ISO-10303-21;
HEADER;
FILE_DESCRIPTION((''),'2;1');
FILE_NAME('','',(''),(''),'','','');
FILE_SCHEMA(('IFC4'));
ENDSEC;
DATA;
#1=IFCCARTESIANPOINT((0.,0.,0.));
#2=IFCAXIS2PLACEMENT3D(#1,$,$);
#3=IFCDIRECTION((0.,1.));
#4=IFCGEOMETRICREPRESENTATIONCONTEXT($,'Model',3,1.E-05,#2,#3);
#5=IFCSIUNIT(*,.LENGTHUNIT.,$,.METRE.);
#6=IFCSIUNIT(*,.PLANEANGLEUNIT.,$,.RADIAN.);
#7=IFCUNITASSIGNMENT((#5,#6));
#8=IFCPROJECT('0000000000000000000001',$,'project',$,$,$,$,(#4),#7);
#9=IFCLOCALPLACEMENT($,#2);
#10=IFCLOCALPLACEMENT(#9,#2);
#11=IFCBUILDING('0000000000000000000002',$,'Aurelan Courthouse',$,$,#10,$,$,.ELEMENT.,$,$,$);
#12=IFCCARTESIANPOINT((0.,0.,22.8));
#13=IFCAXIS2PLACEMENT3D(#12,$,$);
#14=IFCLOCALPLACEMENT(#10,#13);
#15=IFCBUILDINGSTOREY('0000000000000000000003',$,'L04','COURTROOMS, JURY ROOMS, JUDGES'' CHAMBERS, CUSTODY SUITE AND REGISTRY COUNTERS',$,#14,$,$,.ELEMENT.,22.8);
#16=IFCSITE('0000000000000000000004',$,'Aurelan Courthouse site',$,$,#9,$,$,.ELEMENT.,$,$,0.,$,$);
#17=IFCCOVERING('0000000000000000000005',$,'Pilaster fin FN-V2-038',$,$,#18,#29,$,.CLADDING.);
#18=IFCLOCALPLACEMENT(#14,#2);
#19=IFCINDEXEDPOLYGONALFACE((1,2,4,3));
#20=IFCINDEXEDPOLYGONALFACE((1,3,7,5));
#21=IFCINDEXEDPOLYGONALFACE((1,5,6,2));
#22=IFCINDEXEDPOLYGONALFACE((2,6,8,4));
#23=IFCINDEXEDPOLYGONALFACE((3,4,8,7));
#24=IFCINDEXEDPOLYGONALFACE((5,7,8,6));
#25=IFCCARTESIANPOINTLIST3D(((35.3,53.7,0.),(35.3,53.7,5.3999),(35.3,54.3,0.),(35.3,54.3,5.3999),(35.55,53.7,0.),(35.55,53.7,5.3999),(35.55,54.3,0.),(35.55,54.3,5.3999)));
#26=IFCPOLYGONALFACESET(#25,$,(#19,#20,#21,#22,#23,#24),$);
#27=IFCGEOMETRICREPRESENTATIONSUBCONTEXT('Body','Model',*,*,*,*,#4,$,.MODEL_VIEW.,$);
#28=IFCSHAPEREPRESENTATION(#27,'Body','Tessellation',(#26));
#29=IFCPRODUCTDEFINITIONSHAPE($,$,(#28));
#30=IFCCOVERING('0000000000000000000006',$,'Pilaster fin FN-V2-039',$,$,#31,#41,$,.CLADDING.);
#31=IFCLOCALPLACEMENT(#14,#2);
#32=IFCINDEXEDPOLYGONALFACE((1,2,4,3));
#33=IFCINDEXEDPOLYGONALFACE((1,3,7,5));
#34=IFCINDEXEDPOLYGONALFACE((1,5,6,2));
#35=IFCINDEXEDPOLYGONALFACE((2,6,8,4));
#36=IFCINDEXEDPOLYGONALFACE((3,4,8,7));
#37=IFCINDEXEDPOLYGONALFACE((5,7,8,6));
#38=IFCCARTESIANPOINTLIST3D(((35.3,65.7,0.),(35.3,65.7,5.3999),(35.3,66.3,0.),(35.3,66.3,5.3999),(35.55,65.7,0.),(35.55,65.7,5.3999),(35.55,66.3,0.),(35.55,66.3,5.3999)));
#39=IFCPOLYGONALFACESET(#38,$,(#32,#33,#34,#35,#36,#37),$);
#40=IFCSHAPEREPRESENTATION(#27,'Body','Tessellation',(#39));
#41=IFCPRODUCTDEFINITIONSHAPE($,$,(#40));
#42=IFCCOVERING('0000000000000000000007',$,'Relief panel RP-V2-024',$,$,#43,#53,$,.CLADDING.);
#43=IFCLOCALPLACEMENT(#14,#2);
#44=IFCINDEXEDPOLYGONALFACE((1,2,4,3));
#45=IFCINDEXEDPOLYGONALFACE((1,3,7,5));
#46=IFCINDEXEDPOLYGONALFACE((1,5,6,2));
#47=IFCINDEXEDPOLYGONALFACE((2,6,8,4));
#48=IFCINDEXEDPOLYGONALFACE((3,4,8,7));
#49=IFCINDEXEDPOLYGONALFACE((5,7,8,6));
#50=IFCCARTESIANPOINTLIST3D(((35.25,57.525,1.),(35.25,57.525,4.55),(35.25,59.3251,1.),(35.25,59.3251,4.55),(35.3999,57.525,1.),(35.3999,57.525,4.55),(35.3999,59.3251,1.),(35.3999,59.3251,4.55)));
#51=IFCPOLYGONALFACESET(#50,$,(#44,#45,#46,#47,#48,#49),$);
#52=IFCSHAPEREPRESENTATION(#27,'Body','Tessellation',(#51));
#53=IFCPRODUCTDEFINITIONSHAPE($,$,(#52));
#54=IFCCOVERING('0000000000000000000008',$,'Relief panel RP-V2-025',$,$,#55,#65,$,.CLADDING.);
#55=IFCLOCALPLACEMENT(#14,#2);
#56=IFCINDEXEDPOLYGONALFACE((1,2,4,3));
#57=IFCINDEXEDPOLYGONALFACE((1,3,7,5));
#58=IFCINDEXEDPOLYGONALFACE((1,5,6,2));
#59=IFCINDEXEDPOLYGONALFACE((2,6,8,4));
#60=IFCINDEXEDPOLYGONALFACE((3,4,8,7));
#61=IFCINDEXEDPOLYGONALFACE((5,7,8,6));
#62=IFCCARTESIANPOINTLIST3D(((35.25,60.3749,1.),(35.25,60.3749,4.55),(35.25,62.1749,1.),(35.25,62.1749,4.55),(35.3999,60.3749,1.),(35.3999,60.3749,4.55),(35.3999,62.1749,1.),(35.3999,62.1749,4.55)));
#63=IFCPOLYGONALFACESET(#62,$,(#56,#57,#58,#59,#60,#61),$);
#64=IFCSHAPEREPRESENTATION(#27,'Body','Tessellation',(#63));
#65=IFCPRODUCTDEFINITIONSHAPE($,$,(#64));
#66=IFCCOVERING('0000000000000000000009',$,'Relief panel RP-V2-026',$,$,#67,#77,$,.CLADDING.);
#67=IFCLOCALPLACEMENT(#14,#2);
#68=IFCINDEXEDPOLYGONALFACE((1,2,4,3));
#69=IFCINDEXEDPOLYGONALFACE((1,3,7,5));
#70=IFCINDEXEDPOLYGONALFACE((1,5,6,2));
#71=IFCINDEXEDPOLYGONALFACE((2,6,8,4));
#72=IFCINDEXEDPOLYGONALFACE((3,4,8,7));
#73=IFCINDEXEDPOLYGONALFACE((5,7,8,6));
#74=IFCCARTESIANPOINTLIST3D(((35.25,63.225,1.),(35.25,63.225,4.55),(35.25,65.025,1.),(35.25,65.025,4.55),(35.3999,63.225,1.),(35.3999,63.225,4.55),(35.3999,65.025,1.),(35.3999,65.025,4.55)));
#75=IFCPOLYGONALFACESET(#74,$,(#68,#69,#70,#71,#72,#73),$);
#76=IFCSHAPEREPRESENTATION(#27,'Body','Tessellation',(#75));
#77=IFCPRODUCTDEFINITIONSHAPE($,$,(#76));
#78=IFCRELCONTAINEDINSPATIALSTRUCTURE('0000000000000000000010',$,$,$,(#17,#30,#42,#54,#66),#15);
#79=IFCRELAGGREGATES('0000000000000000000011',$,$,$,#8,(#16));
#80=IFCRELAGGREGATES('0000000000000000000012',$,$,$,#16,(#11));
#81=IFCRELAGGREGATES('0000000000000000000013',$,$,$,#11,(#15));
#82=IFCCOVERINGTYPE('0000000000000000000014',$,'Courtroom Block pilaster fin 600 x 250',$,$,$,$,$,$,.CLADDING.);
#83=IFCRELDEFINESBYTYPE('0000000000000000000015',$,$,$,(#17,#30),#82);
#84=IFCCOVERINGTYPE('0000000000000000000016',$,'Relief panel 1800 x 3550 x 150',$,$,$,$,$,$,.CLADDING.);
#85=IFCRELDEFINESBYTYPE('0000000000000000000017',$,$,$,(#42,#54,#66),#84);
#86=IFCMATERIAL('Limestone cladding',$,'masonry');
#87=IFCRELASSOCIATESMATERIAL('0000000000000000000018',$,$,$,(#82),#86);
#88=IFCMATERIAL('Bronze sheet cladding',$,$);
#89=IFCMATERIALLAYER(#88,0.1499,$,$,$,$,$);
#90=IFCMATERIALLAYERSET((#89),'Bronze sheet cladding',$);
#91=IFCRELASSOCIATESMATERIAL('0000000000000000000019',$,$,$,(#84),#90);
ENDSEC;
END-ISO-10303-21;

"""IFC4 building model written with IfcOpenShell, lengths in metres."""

from ifc_helpers import new_model, si_unit, direction, frame, origin, origin_2d, place, context, subcontext, project, spatial, rectangle, extrude, material, layer, layer_set, type_object, element, save


model = new_model("IFC4")

# Units and contexts
model_context = context("Model", 3, precision=1e-05, world=origin(), true_north=direction((0.0, 1.0)))
body_context = subcontext(model_context, "Body", "Model", "MODEL_VIEW")
ifc_project = project(units=[si_unit("LENGTHUNIT", "METRE"), si_unit("PLANEANGLEUNIT", "RADIAN")], contexts=[model_context])

# Site, building, storey
site_placement = place(None, origin())
site = spatial("IfcSite", under=ifc_project, at=site_placement, Name="Aurelan Courthouse site", CompositionType="ELEMENT", RefElevation=0.0)
building_placement = place(site_placement, origin())
building = spatial("IfcBuilding", under=site, at=building_placement, Name="Aurelan Courthouse", CompositionType="ELEMENT")
storey_placement = place(building_placement, frame((0.0, 0.0, 22.8)))
storey = spatial("IfcBuildingStorey", under=building, at=storey_placement, Name="L04", Description="COURTROOMS, JURY ROOMS, JUDGES' CHAMBERS, CUSTODY SUITE AND REGISTRY COUNTERS", CompositionType="ELEMENT", Elevation=22.8)

# Shared definitions
ifc_material_1 = material(Name="Limestone cladding", Category="masonry")

# Coverings
ifc_material_2 = material(Name="Bronze sheet cladding")
covering_type_1 = type_object("IfcCoveringType", Name="Courtroom Block pilaster fin 600 x 250", PredefinedType="CLADDING", material=ifc_material_1)
for number, where, z_axis, x_axis, name in (
    (1, (35.425, 54.0, 0.0), (0.0, 0.0, 1.0), (1.0, 0.0, 0.0), "Pilaster fin FN-V2-038"),
    (2, (35.425, 66.0, 0.0), (0.0, 0.0, 1.0), (1.0, 0.0, 0.0), "Pilaster fin FN-V2-039"),
):
    element("IfcCovering", number, at=place(storey_placement, frame(where, z_axis=z_axis, x_axis=x_axis)), inside=storey, type_object=covering_type_1, Name=name, PredefinedType="CLADDING", context=body_context, shape_type="SweptSolid", body=[
        extrude(rectangle(XDim=0.25, YDim=0.6001, at=origin_2d()), origin(), (0.0, 0.0, 1.0), 5.3999),
    ])
ifc_layer_1 = layer(ifc_material_2, 0.1499)
ifc_layer_set_1 = layer_set([ifc_layer_1], Name="Bronze sheet cladding")
covering_type_2 = type_object("IfcCoveringType", Name="Relief panel 1800 x 3550 x 150", PredefinedType="CLADDING", material=ifc_layer_set_1)
for number, where, z_axis, x_axis, name in (
    (3, (35.325, 58.425, 1.0), (0.0, 0.0, 1.0), (1.0, 0.0, 0.0), "Relief panel RP-V2-024"),
    (4, (35.325, 61.2749, 1.0), (0.0, 0.0, 1.0), (1.0, 0.0, 0.0), "Relief panel RP-V2-025"),
    (5, (35.325, 64.125, 1.0), (0.0, 0.0, 1.0), (1.0, 0.0, 0.0), "Relief panel RP-V2-026"),
):
    element("IfcCovering", number, at=place(storey_placement, frame(where, z_axis=z_axis, x_axis=x_axis)), inside=storey, type_object=covering_type_2, Name=name, PredefinedType="CLADDING", context=body_context, shape_type="SweptSolid", body=[
        extrude(rectangle(XDim=0.1499, YDim=1.8, at=origin_2d()), origin(), (0.0, 0.0, 1.0), 3.55),
    ])

save(model, "model.ifc")
